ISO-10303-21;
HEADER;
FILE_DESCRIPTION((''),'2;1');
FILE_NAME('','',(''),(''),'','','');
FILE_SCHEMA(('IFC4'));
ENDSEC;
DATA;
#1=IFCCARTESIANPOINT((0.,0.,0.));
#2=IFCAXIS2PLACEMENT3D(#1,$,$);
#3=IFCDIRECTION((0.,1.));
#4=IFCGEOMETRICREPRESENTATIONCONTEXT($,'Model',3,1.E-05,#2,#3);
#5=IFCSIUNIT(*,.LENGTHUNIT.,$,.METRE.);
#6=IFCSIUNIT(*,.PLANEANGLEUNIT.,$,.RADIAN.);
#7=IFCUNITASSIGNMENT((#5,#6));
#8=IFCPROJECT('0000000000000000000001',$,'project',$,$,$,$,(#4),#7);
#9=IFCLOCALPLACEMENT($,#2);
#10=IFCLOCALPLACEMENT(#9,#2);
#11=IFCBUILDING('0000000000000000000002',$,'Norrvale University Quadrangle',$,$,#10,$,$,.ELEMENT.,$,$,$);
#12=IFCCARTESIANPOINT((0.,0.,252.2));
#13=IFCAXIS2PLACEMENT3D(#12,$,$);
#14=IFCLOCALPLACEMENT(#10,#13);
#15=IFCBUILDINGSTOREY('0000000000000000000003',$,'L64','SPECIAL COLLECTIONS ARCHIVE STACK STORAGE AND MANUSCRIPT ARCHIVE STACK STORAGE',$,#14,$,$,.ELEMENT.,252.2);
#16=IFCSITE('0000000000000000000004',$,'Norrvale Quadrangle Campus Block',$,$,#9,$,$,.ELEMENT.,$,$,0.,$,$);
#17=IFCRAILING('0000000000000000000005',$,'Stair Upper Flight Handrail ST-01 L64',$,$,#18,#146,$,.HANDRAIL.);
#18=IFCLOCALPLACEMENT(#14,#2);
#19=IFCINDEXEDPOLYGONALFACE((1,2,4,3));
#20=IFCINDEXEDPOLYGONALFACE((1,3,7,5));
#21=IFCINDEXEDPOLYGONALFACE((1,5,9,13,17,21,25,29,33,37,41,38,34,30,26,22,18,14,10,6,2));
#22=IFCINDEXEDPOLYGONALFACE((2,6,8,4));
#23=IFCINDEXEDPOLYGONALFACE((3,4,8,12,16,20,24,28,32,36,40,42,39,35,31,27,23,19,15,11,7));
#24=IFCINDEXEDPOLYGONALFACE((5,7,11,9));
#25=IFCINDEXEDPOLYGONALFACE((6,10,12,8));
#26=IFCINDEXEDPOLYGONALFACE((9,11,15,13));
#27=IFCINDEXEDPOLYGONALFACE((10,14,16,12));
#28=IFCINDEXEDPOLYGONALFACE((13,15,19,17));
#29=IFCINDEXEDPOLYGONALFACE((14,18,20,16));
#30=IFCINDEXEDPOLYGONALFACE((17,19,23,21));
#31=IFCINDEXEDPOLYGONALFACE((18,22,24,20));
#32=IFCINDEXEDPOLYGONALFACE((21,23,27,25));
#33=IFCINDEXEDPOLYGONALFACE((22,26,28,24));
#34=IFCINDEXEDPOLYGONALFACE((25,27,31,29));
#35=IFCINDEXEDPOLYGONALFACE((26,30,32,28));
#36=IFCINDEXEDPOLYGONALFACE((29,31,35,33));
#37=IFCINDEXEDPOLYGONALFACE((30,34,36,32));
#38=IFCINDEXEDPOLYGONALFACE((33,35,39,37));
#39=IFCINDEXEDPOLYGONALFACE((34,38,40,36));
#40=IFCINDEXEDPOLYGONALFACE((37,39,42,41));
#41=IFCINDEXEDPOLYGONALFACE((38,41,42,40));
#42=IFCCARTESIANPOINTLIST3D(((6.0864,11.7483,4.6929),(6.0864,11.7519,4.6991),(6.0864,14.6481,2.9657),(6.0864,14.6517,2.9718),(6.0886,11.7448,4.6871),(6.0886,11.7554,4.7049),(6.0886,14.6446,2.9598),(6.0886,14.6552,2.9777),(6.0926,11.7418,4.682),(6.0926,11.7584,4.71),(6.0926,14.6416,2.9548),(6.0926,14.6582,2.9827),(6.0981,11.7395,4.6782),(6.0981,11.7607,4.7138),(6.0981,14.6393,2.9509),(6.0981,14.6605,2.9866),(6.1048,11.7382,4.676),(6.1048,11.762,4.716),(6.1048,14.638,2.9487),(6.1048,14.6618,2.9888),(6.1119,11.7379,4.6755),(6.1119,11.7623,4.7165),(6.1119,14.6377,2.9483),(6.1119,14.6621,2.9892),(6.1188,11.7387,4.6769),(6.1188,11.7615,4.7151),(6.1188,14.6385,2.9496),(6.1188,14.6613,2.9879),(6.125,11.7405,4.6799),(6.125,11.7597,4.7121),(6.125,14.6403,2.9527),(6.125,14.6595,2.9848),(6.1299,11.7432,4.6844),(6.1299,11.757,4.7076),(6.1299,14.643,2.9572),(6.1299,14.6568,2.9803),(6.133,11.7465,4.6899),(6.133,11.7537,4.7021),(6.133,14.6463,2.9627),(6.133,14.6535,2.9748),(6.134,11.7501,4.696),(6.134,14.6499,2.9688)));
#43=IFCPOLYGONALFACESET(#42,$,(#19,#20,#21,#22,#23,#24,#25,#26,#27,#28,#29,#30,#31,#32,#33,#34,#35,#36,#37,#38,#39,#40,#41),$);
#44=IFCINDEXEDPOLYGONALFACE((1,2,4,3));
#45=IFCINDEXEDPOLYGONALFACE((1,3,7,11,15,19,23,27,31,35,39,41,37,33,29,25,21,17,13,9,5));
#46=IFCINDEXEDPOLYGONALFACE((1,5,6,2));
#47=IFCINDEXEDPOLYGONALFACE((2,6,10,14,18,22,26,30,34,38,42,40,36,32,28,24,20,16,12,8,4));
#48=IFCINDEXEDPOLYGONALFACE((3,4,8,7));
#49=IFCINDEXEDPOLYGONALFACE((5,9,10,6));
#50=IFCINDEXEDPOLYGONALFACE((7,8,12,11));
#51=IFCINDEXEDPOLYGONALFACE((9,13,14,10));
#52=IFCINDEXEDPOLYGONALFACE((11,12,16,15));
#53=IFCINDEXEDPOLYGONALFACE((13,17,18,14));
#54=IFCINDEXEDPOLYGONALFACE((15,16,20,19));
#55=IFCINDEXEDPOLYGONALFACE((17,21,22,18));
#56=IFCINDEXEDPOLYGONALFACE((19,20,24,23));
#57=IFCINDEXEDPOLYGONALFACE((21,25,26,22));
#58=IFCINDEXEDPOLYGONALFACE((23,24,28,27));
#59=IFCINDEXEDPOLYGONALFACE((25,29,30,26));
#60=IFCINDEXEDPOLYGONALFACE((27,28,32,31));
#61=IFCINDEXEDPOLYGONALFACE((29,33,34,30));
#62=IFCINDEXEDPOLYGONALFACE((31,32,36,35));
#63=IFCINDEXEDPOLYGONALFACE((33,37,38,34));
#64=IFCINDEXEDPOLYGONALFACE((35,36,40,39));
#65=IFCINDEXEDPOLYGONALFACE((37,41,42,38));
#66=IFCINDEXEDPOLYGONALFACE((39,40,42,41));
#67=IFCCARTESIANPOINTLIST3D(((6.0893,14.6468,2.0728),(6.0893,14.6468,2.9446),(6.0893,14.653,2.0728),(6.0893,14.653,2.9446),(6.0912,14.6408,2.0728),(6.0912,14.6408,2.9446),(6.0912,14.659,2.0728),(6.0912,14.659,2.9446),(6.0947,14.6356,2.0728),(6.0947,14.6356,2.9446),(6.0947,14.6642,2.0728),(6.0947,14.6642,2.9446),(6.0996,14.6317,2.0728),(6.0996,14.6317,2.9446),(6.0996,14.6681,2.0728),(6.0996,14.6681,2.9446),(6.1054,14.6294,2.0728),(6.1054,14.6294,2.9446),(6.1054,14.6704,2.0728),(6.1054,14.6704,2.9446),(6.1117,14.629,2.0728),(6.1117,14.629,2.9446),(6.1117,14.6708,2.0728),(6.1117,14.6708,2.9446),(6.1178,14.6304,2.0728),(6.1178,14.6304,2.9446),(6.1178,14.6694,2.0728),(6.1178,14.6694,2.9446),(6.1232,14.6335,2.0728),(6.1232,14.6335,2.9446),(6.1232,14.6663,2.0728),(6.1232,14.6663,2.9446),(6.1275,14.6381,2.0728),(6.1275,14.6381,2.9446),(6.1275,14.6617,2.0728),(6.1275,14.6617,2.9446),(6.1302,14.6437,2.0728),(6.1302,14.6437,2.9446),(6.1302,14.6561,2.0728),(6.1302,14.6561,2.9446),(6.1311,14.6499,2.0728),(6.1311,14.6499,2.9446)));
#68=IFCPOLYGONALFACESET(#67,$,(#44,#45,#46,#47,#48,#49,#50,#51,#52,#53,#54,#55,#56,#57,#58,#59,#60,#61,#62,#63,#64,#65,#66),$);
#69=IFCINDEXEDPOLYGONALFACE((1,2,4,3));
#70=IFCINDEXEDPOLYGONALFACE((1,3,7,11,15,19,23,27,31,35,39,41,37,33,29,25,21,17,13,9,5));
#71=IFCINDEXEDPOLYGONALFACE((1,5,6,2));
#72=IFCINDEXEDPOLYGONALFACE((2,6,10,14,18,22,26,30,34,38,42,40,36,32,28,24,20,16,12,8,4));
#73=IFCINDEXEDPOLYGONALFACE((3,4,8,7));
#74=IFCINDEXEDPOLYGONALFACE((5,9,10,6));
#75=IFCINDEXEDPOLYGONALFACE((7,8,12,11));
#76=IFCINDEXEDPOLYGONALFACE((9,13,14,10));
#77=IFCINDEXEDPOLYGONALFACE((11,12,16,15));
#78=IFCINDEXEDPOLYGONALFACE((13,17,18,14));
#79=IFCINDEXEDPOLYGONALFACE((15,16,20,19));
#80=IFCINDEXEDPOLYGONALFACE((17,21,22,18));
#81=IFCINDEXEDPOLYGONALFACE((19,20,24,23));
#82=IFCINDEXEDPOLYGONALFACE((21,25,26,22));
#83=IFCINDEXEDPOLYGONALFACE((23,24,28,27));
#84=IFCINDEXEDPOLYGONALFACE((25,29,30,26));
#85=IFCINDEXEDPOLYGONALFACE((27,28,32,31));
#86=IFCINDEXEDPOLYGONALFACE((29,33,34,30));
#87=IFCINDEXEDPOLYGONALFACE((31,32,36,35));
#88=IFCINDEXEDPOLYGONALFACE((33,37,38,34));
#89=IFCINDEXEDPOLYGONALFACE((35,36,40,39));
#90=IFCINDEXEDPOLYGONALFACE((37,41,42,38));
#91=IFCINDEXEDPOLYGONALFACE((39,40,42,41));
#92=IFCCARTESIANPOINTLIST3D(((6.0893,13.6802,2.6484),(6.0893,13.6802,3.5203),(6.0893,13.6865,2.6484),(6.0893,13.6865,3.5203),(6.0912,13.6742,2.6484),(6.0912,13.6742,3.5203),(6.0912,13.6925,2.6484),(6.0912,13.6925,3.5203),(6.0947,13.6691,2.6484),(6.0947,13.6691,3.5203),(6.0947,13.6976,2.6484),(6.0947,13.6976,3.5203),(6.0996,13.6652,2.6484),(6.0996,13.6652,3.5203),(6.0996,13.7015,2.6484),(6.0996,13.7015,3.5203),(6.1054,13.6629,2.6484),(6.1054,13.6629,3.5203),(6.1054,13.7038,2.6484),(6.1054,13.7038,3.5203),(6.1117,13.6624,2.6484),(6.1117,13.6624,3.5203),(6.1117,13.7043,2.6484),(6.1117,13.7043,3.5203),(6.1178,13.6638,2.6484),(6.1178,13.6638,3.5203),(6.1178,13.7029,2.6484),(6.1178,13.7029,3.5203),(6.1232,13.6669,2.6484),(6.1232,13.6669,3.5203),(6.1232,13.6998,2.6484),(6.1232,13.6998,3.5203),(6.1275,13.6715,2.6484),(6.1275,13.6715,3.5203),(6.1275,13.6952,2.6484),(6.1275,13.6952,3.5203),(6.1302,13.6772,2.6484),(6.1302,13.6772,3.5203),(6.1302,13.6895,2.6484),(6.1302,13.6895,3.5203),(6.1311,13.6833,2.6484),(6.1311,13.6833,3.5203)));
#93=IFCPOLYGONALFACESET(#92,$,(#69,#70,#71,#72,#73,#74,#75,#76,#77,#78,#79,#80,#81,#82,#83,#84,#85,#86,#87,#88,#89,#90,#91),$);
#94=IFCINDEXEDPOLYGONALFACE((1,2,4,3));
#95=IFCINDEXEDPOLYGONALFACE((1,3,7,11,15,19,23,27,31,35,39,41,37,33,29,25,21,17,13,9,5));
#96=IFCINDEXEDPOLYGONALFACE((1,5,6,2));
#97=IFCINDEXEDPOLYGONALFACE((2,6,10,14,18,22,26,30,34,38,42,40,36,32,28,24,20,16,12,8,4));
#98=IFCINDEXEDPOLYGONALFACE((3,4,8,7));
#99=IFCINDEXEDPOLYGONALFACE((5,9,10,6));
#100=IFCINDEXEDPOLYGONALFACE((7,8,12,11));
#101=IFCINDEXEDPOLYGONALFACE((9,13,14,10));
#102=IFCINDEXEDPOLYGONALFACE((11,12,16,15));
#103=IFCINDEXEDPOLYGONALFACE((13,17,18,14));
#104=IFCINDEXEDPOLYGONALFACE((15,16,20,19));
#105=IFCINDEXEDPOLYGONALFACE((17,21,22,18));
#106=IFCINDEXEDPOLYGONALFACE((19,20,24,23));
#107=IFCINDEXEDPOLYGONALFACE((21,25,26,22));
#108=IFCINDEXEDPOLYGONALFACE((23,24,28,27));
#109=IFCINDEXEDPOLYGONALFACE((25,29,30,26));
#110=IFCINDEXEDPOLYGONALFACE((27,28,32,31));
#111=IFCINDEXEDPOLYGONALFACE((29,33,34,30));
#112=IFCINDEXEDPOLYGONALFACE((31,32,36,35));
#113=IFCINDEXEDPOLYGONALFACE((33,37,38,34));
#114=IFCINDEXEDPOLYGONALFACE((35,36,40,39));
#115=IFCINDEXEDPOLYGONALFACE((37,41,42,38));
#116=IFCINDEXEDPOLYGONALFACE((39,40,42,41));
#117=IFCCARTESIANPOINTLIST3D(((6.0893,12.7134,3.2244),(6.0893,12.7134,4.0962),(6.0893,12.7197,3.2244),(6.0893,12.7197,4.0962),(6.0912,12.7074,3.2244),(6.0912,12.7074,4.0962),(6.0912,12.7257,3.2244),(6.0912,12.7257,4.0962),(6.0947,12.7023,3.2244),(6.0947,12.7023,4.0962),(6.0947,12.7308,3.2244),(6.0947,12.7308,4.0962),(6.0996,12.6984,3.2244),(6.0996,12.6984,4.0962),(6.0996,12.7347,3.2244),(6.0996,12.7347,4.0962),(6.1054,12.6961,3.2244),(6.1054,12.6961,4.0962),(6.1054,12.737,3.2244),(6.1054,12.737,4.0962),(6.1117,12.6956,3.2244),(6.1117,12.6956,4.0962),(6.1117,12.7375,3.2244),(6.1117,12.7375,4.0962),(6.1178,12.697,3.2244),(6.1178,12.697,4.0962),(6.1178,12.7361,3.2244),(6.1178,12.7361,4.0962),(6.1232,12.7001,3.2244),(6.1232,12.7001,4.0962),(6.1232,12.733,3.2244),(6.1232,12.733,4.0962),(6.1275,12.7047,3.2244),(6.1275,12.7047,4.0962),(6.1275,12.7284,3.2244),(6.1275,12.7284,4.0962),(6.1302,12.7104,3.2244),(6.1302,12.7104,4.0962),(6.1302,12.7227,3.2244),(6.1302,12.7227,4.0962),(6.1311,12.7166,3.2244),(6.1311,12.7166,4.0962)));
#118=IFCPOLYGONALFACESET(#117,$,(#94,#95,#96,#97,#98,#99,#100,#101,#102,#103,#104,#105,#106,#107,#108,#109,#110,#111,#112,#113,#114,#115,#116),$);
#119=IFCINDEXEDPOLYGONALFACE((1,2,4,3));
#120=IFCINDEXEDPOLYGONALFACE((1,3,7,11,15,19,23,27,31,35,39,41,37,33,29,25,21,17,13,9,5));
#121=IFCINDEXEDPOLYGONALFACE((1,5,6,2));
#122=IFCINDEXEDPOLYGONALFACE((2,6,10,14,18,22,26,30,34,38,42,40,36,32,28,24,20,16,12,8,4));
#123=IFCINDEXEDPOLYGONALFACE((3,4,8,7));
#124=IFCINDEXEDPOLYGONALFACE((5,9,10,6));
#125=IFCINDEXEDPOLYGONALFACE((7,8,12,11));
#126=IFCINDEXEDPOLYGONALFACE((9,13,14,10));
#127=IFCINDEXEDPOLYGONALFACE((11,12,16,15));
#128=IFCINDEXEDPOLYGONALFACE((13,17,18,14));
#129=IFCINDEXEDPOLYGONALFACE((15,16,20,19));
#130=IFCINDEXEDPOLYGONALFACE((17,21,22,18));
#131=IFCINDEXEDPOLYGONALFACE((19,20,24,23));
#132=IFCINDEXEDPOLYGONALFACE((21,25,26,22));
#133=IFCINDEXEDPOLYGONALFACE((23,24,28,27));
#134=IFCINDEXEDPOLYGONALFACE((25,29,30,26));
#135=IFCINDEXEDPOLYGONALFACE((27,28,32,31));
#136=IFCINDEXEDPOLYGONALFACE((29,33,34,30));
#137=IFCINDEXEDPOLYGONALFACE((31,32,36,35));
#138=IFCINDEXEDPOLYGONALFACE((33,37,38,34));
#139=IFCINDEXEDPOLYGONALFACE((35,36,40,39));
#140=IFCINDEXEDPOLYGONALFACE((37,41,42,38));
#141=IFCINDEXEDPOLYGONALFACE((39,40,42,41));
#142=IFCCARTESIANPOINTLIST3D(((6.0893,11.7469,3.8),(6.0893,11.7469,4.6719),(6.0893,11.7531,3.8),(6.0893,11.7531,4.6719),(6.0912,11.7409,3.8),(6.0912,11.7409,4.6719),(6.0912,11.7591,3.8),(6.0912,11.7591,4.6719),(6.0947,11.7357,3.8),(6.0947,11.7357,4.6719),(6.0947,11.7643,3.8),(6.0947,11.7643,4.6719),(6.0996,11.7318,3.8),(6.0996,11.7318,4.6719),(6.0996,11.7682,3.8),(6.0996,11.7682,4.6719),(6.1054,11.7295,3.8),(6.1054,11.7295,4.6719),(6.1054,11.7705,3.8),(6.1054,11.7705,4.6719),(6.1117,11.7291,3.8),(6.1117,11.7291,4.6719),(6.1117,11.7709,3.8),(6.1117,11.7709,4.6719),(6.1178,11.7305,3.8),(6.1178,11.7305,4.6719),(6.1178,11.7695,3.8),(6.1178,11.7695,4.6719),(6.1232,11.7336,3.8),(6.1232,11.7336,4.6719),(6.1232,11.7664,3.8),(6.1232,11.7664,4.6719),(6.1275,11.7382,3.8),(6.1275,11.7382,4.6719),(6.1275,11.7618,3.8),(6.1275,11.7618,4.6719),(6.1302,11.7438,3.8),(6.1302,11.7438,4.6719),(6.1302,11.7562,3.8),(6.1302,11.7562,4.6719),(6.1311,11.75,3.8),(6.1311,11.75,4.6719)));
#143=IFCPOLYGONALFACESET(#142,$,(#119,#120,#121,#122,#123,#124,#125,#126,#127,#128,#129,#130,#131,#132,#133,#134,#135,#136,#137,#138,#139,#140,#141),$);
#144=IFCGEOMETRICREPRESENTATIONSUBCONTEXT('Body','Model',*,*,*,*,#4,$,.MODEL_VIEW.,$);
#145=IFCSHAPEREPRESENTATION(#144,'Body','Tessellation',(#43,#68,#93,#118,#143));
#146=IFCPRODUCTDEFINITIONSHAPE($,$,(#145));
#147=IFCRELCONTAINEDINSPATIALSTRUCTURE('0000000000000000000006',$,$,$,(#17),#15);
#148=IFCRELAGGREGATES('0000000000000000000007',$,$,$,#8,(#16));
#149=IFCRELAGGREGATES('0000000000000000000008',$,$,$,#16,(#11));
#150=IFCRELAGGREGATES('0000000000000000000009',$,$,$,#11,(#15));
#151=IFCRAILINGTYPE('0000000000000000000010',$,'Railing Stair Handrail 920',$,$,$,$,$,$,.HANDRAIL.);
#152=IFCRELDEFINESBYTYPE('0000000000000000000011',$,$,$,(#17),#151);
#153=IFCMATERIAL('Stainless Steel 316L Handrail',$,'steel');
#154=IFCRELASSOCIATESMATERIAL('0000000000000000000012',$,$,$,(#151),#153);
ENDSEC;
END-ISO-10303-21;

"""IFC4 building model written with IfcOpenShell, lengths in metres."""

from ifc_helpers import new_model, si_unit, direction, frame, origin, origin_2d, place, context, subcontext, project, spatial, circle, extrude, material, type_object, element, save


model = new_model("IFC4")

# Units and contexts
model_context = context("Model", 3, precision=1e-05, world=origin(), true_north=direction((0.0, 1.0)))
body_context = subcontext(model_context, "Body", "Model", "MODEL_VIEW")
ifc_project = project(units=[si_unit("LENGTHUNIT", "METRE"), si_unit("PLANEANGLEUNIT", "RADIAN")], contexts=[model_context])

# Site, building, storey
site_placement = place(None, origin())
site = spatial("IfcSite", under=ifc_project, at=site_placement, Name="Norrvale Quadrangle Campus Block", CompositionType="ELEMENT", RefElevation=0.0)
building_placement = place(site_placement, origin())
building = spatial("IfcBuilding", under=site, at=building_placement, Name="Norrvale University Quadrangle", CompositionType="ELEMENT")
storey_placement = place(building_placement, frame((0.0, 0.0, 252.2)))
storey = spatial("IfcBuildingStorey", under=building, at=storey_placement, Name="L64", Description="SPECIAL COLLECTIONS ARCHIVE STACK STORAGE AND MANUSCRIPT ARCHIVE STACK STORAGE", CompositionType="ELEMENT", Elevation=252.2)

# Railing
ifc_material_1 = material(Name="Stainless Steel 316L Handrail", Category="steel")
railing_type_1 = type_object("IfcRailingType", Name="Railing Stair Handrail 920", PredefinedType="HANDRAIL", material=ifc_material_1)
railing_1_placement = place(storey_placement, frame((6.1101, 14.6499, 2.0728)))
element("IfcRailing", 1, at=railing_1_placement, inside=storey, type_object=railing_type_1, Name="Stair Upper Flight Handrail ST-01 L64", PredefinedType="HANDRAIL", context=body_context, shape_type="SweptSolid", body=[
    extrude(circle(Radius=0.0239, at=origin_2d()), frame((0.0, 0.0, 0.896), z_axis=(0.0, -0.859141, 0.511738), x_axis=(1.0, 0.0, 0.0)), (0.0, 0.0, 1.0), 3.3752),
    extrude(circle(Radius=0.021, at=origin_2d()), origin(), (0.0, 0.0, 1.0), 0.8718),
    extrude(circle(Radius=0.021, at=origin_2d()), frame((0.0, -0.9666, 0.5757)), (0.0, 0.0, 1.0), 0.8718),
    extrude(circle(Radius=0.021, at=origin_2d()), frame((0.0, -1.9333, 1.1516)), (0.0, 0.0, 1.0), 0.8718),
    extrude(circle(Radius=0.021, at=origin_2d()), frame((0.0, -2.8999, 1.7273)), (0.0, 0.0, 1.0), 0.8718),
])

save(model, "model.ifc")
